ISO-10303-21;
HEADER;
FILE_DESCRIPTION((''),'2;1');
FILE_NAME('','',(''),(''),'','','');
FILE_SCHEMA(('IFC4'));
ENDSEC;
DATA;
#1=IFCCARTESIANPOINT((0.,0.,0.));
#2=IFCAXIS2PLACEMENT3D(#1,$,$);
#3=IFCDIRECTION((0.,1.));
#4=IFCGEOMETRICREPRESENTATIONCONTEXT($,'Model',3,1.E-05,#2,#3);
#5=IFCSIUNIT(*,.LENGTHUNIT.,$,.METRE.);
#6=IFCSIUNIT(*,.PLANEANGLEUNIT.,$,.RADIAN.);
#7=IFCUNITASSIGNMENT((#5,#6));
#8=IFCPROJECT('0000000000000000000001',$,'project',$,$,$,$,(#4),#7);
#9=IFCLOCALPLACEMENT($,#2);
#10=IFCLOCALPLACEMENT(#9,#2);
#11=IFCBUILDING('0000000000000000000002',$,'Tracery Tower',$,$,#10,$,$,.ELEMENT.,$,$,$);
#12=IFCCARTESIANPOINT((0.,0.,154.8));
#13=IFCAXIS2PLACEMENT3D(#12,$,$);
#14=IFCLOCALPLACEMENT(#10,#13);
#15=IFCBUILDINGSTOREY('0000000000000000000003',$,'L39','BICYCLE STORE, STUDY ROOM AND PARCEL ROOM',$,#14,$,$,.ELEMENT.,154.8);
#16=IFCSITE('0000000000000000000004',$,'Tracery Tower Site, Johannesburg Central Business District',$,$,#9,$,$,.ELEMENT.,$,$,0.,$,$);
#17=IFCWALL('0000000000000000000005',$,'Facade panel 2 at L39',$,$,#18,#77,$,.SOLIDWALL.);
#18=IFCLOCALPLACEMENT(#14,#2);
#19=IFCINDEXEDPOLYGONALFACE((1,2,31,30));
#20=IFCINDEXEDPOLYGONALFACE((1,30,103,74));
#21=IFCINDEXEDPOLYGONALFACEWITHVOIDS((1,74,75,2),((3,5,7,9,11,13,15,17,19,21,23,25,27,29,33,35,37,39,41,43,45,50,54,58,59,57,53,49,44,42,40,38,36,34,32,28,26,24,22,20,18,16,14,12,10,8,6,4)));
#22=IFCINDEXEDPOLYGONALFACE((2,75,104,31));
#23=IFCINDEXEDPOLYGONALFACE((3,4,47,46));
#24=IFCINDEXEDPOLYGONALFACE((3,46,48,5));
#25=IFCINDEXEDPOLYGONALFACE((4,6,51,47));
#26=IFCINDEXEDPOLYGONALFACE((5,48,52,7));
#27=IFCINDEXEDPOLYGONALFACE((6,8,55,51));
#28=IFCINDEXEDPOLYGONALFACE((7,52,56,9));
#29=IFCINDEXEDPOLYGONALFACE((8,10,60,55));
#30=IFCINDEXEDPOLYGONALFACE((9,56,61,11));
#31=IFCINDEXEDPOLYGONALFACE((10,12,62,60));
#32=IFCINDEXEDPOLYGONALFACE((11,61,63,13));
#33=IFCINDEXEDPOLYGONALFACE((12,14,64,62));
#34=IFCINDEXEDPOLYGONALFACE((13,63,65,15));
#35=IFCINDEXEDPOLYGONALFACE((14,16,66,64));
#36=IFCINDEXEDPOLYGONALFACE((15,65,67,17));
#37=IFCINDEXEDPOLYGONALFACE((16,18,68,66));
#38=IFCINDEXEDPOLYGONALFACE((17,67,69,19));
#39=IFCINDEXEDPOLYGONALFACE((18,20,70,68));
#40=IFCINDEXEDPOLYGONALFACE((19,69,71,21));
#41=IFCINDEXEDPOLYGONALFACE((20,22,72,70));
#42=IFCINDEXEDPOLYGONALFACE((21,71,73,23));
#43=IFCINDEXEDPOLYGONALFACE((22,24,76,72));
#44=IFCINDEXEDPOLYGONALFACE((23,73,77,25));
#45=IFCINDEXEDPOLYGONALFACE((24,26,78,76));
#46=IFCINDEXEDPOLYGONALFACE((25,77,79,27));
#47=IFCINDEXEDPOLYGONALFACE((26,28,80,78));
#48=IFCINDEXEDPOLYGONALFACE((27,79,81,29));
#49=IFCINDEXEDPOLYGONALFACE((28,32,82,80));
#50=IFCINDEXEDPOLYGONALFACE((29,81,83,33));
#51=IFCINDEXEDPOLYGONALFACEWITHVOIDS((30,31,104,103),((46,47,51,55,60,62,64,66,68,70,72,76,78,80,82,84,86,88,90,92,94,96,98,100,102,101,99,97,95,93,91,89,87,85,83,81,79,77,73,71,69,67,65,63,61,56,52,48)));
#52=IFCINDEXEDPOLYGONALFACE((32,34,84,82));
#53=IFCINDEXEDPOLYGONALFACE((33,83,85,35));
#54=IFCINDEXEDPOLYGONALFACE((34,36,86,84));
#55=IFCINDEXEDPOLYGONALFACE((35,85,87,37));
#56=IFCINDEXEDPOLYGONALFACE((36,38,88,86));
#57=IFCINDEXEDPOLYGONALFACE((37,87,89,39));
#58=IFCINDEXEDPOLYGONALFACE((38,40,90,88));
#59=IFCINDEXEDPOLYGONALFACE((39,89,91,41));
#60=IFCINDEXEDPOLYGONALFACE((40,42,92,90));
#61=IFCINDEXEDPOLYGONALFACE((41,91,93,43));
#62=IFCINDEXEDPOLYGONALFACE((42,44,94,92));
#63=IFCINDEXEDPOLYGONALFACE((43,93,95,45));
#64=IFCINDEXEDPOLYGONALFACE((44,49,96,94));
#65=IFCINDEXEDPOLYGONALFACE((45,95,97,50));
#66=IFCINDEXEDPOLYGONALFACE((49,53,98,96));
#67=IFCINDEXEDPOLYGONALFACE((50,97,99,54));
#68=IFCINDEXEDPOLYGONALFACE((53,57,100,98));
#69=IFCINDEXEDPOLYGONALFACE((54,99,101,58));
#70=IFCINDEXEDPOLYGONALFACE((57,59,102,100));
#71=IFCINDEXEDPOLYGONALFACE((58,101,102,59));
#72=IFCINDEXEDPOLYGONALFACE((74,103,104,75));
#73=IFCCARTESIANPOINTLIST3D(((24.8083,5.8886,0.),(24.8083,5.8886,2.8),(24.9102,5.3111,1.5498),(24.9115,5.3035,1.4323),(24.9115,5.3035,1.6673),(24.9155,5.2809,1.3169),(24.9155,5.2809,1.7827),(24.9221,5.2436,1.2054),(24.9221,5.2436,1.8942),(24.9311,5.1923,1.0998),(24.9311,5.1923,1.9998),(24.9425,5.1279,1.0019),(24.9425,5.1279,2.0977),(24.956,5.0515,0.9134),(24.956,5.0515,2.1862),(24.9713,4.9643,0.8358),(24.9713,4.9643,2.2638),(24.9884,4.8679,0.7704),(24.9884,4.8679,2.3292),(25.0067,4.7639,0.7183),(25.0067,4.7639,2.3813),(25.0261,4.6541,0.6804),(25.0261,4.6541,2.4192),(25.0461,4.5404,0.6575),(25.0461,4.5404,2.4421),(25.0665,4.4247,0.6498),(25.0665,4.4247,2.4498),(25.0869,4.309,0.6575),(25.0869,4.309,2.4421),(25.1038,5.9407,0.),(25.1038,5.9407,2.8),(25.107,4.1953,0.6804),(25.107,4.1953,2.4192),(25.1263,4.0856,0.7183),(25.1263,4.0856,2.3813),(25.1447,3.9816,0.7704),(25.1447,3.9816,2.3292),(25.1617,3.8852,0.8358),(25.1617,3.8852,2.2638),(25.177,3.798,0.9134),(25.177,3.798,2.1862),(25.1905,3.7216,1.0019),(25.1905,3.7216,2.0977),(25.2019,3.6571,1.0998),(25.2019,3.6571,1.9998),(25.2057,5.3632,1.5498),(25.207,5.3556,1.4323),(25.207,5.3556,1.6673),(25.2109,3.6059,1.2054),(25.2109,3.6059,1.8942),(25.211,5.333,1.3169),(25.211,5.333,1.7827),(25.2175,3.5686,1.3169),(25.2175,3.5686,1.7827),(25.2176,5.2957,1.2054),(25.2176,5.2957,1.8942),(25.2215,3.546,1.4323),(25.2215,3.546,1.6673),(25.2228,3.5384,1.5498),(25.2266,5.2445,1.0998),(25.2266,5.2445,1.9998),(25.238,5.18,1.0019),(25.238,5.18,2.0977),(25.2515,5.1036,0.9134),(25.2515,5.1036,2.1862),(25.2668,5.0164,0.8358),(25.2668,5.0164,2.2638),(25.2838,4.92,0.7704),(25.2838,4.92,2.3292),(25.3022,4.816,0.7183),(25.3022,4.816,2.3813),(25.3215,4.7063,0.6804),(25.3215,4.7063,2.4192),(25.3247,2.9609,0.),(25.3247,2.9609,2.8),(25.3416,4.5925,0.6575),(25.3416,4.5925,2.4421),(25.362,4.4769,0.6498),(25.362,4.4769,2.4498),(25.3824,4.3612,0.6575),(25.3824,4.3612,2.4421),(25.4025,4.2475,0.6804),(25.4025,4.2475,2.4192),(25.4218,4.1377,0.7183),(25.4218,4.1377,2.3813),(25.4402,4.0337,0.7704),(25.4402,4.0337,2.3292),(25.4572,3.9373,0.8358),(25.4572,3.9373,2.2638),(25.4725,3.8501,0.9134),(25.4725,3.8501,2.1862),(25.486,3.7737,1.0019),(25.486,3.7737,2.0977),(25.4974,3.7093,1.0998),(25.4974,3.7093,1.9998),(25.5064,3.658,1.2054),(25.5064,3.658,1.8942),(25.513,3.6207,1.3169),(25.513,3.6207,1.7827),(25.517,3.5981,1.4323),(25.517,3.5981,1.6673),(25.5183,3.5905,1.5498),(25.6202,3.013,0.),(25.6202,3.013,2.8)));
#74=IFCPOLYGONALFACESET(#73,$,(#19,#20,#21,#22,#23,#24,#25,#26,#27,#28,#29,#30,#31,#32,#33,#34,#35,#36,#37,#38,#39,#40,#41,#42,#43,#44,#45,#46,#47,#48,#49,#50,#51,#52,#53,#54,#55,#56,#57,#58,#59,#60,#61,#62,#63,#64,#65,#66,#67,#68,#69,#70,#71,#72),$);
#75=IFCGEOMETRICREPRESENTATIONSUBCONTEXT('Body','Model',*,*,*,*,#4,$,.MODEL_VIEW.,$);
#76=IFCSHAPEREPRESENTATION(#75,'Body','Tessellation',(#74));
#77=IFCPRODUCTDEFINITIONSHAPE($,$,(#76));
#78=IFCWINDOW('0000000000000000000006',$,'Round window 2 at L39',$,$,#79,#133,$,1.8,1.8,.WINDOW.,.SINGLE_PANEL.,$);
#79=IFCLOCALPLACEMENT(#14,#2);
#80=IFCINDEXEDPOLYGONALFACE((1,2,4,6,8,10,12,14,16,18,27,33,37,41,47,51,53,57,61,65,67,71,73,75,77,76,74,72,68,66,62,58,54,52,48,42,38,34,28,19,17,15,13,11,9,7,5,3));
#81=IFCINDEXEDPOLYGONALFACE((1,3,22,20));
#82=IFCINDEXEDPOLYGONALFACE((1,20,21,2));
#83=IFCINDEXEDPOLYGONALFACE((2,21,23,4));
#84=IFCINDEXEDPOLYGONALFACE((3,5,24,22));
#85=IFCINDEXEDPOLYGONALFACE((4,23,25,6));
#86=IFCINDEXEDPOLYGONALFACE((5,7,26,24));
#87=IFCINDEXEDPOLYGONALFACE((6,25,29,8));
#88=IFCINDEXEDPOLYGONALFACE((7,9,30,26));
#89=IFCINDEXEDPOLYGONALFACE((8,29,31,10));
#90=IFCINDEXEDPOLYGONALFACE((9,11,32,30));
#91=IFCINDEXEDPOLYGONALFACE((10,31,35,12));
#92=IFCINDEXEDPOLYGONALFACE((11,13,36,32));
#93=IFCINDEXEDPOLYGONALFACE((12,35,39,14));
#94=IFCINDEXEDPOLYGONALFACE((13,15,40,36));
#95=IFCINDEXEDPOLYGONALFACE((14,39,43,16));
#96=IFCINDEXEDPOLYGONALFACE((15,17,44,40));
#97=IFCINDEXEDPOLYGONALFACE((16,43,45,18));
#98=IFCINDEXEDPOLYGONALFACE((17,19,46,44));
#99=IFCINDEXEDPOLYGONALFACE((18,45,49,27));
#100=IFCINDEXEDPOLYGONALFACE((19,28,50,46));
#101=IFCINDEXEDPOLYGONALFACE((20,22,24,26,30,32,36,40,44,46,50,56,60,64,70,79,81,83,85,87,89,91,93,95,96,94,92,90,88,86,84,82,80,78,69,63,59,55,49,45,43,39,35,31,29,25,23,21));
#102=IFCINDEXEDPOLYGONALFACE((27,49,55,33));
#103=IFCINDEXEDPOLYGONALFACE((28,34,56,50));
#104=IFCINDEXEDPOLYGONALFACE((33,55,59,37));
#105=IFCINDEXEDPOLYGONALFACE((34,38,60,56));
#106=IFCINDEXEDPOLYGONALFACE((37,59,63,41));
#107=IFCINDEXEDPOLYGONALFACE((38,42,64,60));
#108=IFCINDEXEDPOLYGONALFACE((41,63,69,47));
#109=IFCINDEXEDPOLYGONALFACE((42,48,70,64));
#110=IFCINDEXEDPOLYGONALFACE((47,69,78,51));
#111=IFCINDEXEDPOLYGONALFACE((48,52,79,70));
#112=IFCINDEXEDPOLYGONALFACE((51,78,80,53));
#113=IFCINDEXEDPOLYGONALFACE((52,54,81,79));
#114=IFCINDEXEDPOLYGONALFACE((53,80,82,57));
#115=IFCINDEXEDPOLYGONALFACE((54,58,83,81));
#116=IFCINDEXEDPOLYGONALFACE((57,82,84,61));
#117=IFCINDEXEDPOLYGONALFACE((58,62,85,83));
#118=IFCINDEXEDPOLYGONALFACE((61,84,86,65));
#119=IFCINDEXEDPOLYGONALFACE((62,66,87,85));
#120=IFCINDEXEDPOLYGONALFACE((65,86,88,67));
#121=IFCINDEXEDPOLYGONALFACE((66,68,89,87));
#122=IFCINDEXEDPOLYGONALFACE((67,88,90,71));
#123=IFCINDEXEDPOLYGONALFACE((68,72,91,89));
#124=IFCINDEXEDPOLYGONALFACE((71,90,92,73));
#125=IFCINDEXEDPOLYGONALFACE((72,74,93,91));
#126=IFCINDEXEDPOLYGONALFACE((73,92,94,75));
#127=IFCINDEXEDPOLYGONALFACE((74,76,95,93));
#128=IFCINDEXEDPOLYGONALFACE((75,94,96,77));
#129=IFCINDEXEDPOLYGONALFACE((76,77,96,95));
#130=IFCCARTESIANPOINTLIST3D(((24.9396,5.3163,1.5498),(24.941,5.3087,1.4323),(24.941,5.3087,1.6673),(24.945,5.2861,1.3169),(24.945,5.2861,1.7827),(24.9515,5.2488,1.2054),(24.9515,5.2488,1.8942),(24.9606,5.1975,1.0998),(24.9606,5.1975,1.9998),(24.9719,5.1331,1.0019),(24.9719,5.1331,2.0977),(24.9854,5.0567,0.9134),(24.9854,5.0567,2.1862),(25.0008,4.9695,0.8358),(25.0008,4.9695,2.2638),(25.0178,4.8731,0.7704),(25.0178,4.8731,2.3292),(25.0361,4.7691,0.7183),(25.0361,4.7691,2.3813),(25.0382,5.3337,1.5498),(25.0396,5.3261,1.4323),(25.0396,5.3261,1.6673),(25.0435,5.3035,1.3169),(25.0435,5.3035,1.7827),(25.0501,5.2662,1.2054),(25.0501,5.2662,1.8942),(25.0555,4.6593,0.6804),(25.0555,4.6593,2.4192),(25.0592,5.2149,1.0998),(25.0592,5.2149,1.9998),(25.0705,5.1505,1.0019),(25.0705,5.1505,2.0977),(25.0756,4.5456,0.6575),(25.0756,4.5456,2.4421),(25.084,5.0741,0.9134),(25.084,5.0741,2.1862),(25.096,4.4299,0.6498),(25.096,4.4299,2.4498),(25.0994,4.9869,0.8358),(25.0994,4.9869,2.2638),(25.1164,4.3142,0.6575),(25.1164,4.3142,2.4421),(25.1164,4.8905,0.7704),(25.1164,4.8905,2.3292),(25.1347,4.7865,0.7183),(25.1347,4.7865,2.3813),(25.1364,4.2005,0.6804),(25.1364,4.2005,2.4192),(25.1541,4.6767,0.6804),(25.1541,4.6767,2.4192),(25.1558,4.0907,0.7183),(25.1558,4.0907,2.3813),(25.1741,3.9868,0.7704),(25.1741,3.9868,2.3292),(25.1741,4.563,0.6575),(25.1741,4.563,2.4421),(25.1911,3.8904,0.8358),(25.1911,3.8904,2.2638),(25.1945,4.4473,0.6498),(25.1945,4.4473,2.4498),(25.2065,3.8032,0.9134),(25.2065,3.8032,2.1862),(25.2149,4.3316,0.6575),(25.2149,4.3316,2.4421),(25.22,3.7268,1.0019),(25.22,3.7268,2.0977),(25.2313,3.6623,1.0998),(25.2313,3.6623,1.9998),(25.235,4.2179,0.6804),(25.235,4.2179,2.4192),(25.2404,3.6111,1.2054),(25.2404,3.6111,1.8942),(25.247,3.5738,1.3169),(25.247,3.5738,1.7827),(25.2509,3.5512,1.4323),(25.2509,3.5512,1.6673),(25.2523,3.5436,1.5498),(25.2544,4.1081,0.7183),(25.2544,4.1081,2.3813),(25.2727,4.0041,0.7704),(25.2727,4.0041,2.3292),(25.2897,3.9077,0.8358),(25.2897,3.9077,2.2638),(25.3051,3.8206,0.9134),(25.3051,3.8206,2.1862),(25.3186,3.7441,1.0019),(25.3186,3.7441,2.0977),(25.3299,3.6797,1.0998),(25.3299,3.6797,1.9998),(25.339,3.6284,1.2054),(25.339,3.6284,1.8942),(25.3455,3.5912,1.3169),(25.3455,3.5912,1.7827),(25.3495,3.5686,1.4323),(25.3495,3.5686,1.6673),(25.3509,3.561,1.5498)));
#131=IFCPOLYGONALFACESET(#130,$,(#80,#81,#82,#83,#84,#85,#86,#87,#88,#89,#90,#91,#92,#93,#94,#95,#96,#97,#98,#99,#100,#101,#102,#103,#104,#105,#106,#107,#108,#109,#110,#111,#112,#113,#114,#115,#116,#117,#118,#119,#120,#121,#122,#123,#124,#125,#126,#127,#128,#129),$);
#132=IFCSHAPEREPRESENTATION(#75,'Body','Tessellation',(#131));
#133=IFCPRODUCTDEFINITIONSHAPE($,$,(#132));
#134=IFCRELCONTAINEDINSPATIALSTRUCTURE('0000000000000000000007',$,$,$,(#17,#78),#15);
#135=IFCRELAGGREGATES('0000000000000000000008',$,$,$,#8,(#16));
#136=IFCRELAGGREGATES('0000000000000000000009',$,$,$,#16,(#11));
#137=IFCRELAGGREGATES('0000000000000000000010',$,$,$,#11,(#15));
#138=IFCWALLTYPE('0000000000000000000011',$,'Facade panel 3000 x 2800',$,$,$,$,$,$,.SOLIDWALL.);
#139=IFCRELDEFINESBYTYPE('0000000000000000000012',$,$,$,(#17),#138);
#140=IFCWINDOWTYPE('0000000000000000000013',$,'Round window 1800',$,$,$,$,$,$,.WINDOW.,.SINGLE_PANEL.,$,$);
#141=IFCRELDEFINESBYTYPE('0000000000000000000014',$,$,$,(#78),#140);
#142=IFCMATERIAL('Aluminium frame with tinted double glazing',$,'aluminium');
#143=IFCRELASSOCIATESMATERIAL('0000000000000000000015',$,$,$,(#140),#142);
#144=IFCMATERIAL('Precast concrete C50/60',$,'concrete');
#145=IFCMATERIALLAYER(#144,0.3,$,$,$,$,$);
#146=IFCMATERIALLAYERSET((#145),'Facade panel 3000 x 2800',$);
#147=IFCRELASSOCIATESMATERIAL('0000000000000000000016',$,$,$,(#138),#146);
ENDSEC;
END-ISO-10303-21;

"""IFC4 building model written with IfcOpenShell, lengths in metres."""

from ifc_helpers import new_model, si_unit, direction, frame, frame_2d, origin, origin_2d, place, context, subcontext, project, spatial, rectangle, circle, extrude, material, layer, layer_set, type_object, element, fill, save


model = new_model("IFC4")

# Units and contexts
model_context = context("Model", 3, precision=1e-05, world=origin(), true_north=direction((0.0, 1.0)))
body_context = subcontext(model_context, "Body", "Model", "MODEL_VIEW")
ifc_project = project(units=[si_unit("LENGTHUNIT", "METRE"), si_unit("PLANEANGLEUNIT", "RADIAN")], contexts=[model_context])

# Site, building, storey
site_placement = place(None, origin())
site = spatial("IfcSite", under=ifc_project, at=site_placement, Name="Tracery Tower Site, Johannesburg Central Business District", CompositionType="ELEMENT", RefElevation=0.0)
building_placement = place(site_placement, origin())
building = spatial("IfcBuilding", under=site, at=building_placement, Name="Tracery Tower", CompositionType="ELEMENT")
storey_placement = place(building_placement, frame((0.0, 0.0, 154.8)))
storey = spatial("IfcBuildingStorey", under=building, at=storey_placement, Name="L39", Description="BICYCLE STORE, STUDY ROOM AND PARCEL ROOM", CompositionType="ELEMENT", Elevation=154.8)

# Wall, opening, window
ifc_material_1 = material(Name="Aluminium frame with tinted double glazing", Category="aluminium")
window_type = type_object("IfcWindowType", Name="Round window 1800", PartitioningType="SINGLE_PANEL", PredefinedType="WINDOW", material=ifc_material_1)
ifc_material_2 = material(Name="Precast concrete C50/60", Category="concrete")
ifc_layer_1 = layer(ifc_material_2, 0.3)
ifc_layer_set_1 = layer_set([ifc_layer_1], Name="Facade panel 3000 x 2800")
wall_type_1 = type_object("IfcWallType", Name="Facade panel 3000 x 2800", PredefinedType="SOLIDWALL", material=ifc_layer_set_1)
wall_1_placement = place(storey_placement, frame((25.4724, 2.9871, 0.0), z_axis=(0.0, 0.0, 1.0), x_axis=(-0.173687, 0.984801, 0.0)))
wall_1 = element("IfcWall", 1, at=wall_1_placement, inside=storey, type_object=wall_type_1, Name="Facade panel 2 at L39", PredefinedType="SOLIDWALL", context=body_context, shape_type="SweptSolid", body=[
    extrude(rectangle(XDim=2.9729, YDim=0.3, at=frame_2d((1.4863, 0.0))), origin(), (0.0, 0.0, 1.0), 2.8),
])
opening_1_placement = place(wall_1_placement, frame((1.4863, 0.0, 1.5498)))
opening_1 = element("IfcOpeningElement", 2, at=opening_1_placement, cuts=wall_1, PredefinedType="OPENING", context=body_context, shape_type="SweptSolid", body=[
    extrude(circle(Radius=0.9, at=origin_2d()), frame((0.0, 0.1599, 0.0), z_axis=(0.0, -1.0, 0.0), x_axis=(1.0, 0.0, 0.0)), (0.0, 0.0, 1.0), 0.3201),
])
window_1_placement = place(opening_1_placement, origin())
window_1 = element("IfcWindow", 3, at=window_1_placement, inside=storey, type_object=window_type, Name="Round window 2 at L39", OverallHeight=1.8, OverallWidth=1.8, PartitioningType="SINGLE_PANEL", PredefinedType="WINDOW", context=body_context, shape_type="SweptSolid", body=[
    extrude(circle(Radius=0.9, at=origin_2d()), frame((0.0, 0.1201, 0.0), z_axis=(0.0, -1.0, 0.0), x_axis=(1.0, 0.0, 0.0)), (0.0, 0.0, 1.0), 0.1001),
])
fill(opening_1, window_1)

save(model, "model.ifc")
